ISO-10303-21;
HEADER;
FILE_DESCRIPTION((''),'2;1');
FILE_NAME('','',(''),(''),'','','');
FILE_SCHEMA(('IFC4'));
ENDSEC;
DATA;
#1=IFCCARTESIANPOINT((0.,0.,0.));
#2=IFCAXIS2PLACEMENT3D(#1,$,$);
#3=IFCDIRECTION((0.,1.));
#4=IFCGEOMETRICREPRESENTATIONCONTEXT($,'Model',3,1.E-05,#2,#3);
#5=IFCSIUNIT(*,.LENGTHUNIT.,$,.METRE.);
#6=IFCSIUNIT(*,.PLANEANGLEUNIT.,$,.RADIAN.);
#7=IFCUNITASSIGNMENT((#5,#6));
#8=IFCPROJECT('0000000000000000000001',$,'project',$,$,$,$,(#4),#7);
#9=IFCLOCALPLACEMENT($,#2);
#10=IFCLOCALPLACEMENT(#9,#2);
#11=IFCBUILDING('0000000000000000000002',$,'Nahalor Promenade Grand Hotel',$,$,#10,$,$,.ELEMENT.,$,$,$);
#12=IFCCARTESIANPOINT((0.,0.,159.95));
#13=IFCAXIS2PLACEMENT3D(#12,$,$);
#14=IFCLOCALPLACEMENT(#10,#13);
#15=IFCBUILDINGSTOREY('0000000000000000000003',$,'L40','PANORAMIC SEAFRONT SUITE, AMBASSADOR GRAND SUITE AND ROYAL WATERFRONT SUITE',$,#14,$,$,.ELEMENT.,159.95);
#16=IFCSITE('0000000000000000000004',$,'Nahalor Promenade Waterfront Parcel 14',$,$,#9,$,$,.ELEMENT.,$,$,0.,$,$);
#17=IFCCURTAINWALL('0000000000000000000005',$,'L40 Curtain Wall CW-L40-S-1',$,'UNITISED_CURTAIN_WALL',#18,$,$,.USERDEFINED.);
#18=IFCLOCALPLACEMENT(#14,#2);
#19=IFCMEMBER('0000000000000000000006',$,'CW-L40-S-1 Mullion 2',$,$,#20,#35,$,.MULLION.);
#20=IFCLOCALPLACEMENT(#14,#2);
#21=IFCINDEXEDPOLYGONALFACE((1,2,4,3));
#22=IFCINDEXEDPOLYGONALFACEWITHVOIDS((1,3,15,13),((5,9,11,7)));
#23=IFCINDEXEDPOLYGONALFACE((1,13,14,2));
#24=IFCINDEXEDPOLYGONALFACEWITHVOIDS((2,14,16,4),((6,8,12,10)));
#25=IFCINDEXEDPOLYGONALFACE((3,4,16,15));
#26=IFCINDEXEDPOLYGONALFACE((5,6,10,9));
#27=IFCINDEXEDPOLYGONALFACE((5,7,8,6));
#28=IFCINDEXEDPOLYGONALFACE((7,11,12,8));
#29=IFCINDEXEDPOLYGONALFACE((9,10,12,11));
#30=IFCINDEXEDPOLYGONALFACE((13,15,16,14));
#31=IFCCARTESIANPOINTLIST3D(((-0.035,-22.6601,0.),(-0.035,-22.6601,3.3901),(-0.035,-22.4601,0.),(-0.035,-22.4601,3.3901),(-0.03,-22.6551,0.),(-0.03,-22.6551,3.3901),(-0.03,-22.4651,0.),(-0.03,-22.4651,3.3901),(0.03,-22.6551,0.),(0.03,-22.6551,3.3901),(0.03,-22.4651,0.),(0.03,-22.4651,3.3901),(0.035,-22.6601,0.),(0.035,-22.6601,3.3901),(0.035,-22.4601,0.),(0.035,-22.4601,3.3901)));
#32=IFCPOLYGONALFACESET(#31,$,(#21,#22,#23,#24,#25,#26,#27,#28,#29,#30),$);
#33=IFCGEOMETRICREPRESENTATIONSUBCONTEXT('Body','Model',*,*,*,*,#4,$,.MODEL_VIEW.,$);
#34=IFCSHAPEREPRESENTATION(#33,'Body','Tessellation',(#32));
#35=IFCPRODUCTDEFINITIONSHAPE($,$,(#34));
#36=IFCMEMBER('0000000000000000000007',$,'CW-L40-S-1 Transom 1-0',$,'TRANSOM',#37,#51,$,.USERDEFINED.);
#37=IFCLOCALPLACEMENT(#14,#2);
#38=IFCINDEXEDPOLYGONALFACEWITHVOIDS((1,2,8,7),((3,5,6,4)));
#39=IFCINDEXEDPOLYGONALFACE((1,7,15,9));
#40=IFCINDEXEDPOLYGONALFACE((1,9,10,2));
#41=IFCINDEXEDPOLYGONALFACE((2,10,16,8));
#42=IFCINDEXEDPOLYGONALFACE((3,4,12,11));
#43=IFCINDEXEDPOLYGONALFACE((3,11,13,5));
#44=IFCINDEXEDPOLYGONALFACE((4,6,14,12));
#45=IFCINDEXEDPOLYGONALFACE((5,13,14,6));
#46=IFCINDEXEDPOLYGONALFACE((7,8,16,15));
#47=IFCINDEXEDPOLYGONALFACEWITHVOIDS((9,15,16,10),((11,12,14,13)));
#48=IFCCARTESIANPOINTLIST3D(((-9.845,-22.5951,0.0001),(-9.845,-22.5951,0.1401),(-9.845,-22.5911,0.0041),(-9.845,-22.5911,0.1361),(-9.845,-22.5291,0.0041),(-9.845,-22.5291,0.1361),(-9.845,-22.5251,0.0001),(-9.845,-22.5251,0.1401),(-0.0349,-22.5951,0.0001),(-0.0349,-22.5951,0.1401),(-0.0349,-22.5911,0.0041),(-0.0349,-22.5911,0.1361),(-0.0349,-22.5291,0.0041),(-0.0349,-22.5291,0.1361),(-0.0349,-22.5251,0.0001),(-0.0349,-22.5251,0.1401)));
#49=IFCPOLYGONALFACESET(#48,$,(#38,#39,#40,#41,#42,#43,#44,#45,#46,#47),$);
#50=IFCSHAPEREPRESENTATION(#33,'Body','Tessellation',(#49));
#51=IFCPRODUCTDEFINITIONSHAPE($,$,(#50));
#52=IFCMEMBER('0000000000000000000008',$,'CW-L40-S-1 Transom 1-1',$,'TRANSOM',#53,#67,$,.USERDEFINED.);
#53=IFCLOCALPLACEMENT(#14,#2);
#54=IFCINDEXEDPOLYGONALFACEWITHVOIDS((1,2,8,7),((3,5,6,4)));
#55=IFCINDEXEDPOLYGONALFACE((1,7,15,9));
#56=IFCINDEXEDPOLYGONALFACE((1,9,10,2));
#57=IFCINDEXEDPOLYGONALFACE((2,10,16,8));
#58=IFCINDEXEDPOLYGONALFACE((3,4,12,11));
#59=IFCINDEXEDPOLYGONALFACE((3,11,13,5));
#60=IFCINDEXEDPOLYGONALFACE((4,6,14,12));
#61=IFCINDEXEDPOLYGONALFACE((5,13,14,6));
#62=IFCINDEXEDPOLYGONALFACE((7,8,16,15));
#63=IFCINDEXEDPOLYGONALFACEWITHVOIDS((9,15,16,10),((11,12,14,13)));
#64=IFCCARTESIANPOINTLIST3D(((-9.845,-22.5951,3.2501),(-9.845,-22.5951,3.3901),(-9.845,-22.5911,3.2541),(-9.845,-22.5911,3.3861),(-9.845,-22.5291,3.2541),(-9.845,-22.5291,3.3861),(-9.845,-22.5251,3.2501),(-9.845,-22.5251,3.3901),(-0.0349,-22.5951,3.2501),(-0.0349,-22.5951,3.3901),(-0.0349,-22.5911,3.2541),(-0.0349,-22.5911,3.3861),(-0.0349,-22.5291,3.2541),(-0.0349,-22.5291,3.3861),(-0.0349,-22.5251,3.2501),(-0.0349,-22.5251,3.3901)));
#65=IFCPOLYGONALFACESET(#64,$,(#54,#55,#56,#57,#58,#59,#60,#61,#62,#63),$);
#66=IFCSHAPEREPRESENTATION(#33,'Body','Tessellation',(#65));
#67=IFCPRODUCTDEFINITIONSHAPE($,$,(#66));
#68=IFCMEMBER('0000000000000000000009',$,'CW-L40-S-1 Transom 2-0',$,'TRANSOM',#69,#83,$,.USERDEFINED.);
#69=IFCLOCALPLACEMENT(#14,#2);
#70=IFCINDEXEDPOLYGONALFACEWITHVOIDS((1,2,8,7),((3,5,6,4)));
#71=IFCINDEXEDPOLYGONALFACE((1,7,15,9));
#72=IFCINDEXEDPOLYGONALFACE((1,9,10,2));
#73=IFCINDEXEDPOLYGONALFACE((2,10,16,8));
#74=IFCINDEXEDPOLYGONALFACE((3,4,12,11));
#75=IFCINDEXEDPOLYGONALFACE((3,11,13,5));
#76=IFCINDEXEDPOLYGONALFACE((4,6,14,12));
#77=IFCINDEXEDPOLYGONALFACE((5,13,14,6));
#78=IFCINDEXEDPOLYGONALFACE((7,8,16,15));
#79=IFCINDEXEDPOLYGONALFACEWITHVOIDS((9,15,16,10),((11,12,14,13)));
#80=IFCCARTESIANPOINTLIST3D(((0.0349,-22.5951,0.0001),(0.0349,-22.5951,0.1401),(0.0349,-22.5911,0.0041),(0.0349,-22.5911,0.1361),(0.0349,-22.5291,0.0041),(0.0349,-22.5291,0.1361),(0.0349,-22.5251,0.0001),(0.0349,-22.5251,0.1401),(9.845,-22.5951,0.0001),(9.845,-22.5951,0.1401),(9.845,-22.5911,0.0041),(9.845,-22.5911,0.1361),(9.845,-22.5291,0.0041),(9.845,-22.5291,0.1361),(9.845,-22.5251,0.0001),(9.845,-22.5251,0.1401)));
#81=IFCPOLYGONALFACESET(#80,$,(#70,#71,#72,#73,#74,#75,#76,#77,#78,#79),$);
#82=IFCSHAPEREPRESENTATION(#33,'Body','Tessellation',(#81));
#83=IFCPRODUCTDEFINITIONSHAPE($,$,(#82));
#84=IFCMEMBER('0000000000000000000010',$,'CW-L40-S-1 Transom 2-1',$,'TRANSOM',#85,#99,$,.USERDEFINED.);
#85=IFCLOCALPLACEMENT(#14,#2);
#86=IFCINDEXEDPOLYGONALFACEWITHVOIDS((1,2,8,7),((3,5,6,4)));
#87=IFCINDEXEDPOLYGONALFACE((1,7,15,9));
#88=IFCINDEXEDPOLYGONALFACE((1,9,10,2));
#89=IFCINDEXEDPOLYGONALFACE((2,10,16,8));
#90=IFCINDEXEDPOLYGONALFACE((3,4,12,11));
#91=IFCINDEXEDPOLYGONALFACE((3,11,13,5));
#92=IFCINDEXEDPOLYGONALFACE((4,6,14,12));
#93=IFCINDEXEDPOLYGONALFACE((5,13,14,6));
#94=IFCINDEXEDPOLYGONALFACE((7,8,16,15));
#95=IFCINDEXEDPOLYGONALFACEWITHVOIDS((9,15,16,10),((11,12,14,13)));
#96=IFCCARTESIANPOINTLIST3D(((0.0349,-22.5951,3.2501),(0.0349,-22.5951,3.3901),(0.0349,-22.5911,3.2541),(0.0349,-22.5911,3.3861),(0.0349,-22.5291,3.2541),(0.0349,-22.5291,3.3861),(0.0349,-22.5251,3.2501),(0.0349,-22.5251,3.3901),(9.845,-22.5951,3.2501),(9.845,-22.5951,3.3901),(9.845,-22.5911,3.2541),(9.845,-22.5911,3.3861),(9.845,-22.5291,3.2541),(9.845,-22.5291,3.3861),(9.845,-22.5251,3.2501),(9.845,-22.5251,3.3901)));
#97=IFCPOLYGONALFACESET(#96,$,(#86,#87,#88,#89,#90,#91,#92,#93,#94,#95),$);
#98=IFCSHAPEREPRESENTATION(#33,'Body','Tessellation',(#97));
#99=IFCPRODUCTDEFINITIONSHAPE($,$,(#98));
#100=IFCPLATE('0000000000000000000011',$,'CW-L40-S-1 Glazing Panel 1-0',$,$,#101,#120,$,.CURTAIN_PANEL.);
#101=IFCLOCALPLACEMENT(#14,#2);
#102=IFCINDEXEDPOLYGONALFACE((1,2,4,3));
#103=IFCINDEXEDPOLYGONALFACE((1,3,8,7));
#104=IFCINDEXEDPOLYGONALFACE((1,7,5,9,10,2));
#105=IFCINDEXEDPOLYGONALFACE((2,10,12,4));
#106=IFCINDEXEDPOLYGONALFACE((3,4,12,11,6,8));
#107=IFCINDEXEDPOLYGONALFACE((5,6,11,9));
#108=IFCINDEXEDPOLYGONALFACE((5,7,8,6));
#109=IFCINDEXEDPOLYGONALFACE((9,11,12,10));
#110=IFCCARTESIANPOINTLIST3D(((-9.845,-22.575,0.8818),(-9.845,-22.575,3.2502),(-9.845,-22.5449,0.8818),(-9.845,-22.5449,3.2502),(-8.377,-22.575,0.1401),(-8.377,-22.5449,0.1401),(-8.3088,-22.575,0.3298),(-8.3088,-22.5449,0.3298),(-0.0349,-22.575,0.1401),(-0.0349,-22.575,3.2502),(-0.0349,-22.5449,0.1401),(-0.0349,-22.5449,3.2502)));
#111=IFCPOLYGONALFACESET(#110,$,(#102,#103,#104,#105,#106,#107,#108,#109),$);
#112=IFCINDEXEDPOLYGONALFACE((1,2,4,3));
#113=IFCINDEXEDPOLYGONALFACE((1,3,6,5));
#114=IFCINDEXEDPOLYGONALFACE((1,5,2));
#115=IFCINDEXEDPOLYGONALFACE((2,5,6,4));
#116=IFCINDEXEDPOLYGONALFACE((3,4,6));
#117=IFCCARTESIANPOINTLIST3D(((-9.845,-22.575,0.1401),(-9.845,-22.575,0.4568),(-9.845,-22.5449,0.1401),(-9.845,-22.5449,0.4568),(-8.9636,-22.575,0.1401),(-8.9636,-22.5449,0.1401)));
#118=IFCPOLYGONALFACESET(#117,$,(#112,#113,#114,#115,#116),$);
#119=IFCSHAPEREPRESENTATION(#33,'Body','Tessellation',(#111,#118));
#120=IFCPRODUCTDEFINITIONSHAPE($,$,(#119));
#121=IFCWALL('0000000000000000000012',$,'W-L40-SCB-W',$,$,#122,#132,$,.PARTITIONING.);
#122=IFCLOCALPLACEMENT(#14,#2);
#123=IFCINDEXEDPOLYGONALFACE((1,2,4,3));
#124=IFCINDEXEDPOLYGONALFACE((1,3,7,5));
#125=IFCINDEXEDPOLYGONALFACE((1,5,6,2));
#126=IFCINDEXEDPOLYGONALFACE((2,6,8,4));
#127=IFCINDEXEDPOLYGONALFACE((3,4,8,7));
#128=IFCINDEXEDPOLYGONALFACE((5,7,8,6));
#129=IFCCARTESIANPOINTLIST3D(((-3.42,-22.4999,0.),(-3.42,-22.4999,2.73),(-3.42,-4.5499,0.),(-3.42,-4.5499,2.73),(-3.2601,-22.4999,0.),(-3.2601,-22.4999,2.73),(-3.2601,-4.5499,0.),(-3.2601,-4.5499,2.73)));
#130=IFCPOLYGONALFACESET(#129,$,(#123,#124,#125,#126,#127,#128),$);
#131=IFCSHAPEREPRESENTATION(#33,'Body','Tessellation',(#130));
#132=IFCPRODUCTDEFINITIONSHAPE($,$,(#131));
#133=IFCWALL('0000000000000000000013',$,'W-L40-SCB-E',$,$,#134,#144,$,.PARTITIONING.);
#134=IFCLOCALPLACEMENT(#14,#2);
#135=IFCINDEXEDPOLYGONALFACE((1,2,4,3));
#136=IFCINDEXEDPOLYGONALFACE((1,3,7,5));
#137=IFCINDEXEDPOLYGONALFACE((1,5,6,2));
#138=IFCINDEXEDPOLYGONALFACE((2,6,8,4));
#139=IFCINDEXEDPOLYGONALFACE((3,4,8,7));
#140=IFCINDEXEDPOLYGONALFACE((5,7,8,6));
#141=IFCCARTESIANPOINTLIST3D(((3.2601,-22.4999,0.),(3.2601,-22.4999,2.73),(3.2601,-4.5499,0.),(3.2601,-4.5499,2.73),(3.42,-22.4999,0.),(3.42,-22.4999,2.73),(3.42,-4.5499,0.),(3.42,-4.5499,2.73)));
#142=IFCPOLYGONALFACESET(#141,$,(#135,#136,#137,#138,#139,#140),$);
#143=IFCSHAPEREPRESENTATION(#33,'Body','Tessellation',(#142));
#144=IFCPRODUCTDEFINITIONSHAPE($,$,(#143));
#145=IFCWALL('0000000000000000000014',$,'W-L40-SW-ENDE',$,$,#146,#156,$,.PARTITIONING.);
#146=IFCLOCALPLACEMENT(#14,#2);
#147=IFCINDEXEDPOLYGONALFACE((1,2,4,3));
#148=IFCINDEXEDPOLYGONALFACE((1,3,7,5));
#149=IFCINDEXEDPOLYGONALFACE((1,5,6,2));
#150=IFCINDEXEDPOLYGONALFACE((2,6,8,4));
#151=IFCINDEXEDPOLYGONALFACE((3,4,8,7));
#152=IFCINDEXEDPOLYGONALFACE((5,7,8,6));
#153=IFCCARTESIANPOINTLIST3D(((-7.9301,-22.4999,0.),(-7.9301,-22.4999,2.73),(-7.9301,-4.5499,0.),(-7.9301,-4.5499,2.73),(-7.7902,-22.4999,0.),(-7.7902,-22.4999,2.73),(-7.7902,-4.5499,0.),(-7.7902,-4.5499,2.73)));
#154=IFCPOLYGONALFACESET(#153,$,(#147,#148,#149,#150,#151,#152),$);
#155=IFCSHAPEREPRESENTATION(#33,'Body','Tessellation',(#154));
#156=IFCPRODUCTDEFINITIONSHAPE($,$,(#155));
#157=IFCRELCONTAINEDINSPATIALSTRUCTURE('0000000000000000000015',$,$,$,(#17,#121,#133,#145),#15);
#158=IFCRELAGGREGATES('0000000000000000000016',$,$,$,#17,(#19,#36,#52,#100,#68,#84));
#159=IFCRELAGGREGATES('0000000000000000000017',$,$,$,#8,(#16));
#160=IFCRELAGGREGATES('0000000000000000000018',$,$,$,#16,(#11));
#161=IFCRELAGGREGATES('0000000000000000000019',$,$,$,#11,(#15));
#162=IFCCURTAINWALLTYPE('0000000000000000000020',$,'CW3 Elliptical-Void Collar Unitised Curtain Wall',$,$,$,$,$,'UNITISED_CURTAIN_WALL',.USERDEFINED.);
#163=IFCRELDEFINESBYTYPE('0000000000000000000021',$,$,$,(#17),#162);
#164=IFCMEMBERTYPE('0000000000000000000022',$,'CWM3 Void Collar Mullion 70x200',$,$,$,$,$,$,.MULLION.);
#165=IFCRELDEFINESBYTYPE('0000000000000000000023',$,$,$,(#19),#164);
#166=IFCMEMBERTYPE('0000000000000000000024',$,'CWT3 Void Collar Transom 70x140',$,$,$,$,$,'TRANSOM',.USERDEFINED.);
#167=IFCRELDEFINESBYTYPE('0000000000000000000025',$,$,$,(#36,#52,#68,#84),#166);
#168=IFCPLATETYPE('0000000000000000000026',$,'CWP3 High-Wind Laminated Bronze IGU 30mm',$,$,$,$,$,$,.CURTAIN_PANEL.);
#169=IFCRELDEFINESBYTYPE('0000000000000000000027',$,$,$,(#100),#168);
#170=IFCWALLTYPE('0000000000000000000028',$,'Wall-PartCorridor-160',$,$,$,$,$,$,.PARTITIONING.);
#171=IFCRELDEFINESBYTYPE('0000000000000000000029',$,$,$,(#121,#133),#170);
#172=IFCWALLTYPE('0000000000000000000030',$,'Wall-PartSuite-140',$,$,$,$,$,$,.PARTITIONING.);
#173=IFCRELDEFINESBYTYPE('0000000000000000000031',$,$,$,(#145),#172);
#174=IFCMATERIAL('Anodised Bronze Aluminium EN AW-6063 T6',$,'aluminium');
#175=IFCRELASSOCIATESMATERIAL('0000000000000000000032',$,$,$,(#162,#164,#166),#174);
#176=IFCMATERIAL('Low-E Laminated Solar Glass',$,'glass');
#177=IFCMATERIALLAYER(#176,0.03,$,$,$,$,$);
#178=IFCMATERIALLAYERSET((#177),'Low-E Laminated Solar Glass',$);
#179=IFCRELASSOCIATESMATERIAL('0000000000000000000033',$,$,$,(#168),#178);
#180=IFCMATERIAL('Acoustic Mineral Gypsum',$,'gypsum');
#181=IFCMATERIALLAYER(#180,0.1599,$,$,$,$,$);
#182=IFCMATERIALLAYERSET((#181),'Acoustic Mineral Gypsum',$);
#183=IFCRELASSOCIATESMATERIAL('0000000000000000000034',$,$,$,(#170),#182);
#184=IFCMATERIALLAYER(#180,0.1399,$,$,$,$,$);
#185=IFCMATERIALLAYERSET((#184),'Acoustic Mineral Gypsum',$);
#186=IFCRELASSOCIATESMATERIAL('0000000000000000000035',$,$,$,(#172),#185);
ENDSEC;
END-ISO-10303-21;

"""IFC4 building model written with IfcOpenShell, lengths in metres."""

from ifc_helpers import new_model, si_unit, direction, frame, frame_2d, origin, origin_2d, place, context, subcontext, project, spatial, polyline, rectangle, hollow_rectangle, outline, extrude, source, transform, mapped, material, layer, layer_set, material_profile, profile_set, type_object, element, aggregate, save


model = new_model("IFC4")

# Units and contexts
model_context = context("Model", 3, precision=1e-05, world=origin(), true_north=direction((0.0, 1.0)))
body_context = subcontext(model_context, "Body", "Model", "MODEL_VIEW")
ifc_project = project(units=[si_unit("LENGTHUNIT", "METRE"), si_unit("PLANEANGLEUNIT", "RADIAN")], contexts=[model_context])

# Site, building, storey
site_placement = place(None, origin())
site = spatial("IfcSite", under=ifc_project, at=site_placement, Name="Nahalor Promenade Waterfront Parcel 14", CompositionType="ELEMENT", RefElevation=0.0)
building_placement = place(site_placement, origin())
building = spatial("IfcBuilding", under=site, at=building_placement, Name="Nahalor Promenade Grand Hotel", CompositionType="ELEMENT")
storey_placement = place(building_placement, frame((0.0, 0.0, 159.95)))
storey = spatial("IfcBuildingStorey", under=building, at=storey_placement, Name="L40", Description="PANORAMIC SEAFRONT SUITE, AMBASSADOR GRAND SUITE AND ROYAL WATERFRONT SUITE", CompositionType="ELEMENT", Elevation=159.95)

# Curtain wall, members, plate
ifc_material_1 = material(Name="Anodised Bronze Aluminium EN AW-6063 T6", Category="aluminium")
curtain_wall_type = type_object("IfcCurtainWallType", Name="CW3 Elliptical-Void Collar Unitised Curtain Wall", ElementType="UNITISED_CURTAIN_WALL", PredefinedType="USERDEFINED", material=ifc_material_1)
curtain_wall_placement = place(storey_placement, origin())
curtain_wall = element("IfcCurtainWall", 1, at=curtain_wall_placement, inside=storey, type_object=curtain_wall_type, Name="L40 Curtain Wall CW-L40-S-1", ObjectType="UNITISED_CURTAIN_WALL", PredefinedType="USERDEFINED")
ifc_material_profile_1 = material_profile(ifc_material_1, hollow_rectangle(XDim=0.07, YDim=0.2, WallThickness=0.005, at=origin_2d()), Name="CWM 70x200x5")
ifc_profile_set_1 = profile_set([ifc_material_profile_1], Name="Anodised Bronze Aluminium EN AW-6063 T6")
member_type_1 = type_object("IfcMemberType", Name="CWM3 Void Collar Mullion 70x200", PredefinedType="MULLION", material=ifc_profile_set_1)
shared_shape_1 = source(origin(), body_context, "Body", "SweptSolid", [
    extrude(hollow_rectangle(XDim=0.07, YDim=0.2, WallThickness=0.005, at=origin_2d()), origin(), (0.0, 0.0, 1.0), 3.3901),
])
member_1_placement = place(storey_placement, frame((0.0, -22.5601, 0.0), z_axis=(0.0, 0.0, 1.0), x_axis=(1.0, 0.0, 0.0)))
member_1 = element("IfcMember", 2, at=member_1_placement, type_object=member_type_1, Name="CW-L40-S-1 Mullion 2", PredefinedType="MULLION", context=body_context, shape_type="MappedRepresentation", body=[
    mapped(shared_shape_1, transform((0.0, 0.0, 0.0), scale=1.0)),
])
ifc_material_profile_2 = material_profile(ifc_material_1, hollow_rectangle(XDim=0.07, YDim=0.14, WallThickness=0.004, at=origin_2d()), Name="CWT 70x140x4")
ifc_profile_set_2 = profile_set([ifc_material_profile_2], Name="Anodised Bronze Aluminium EN AW-6063 T6")
member_type_2 = type_object("IfcMemberType", Name="CWT3 Void Collar Transom 70x140", ElementType="TRANSOM", PredefinedType="USERDEFINED", material=ifc_profile_set_2)
shared_shape_2 = source(origin(), body_context, "Body", "SweptSolid", [
    extrude(hollow_rectangle(XDim=0.07, YDim=0.14, WallThickness=0.004, at=origin_2d()), origin(), (0.0, 0.0, 1.0), 9.8101),
])
member_2_placement = place(storey_placement, frame((-9.845, -22.5601, 0.0701), z_axis=(1.0, 0.0, 0.0), x_axis=(0.0, 1.0, 0.0)))
member_2 = element("IfcMember", 3, at=member_2_placement, type_object=member_type_2, Name="CW-L40-S-1 Transom 1-0", ObjectType="TRANSOM", PredefinedType="USERDEFINED", context=body_context, shape_type="MappedRepresentation", body=[
    mapped(shared_shape_2, transform((0.0, 0.0, 0.0), scale=1.0)),
])
member_3_placement = place(storey_placement, frame((-9.845, -22.5601, 3.3201), z_axis=(1.0, 0.0, 0.0), x_axis=(0.0, 1.0, 0.0)))
member_3 = element("IfcMember", 4, at=member_3_placement, type_object=member_type_2, Name="CW-L40-S-1 Transom 1-1", ObjectType="TRANSOM", PredefinedType="USERDEFINED", context=body_context, shape_type="MappedRepresentation", body=[
    mapped(shared_shape_2, transform((0.0, 0.0, 0.0), scale=1.0)),
])
member_4_placement = place(storey_placement, frame((0.0349, -22.5601, 0.0701), z_axis=(1.0, 0.0, 0.0), x_axis=(0.0, 1.0, 0.0)))
member_4 = element("IfcMember", 5, at=member_4_placement, type_object=member_type_2, Name="CW-L40-S-1 Transom 2-0", ObjectType="TRANSOM", PredefinedType="USERDEFINED", context=body_context, shape_type="MappedRepresentation", body=[
    mapped(shared_shape_2, transform((0.0, 0.0, 0.0), scale=1.0)),
])
member_5_placement = place(storey_placement, frame((0.0349, -22.5601, 3.3201), z_axis=(1.0, 0.0, 0.0), x_axis=(0.0, 1.0, 0.0)))
member_5 = element("IfcMember", 6, at=member_5_placement, type_object=member_type_2, Name="CW-L40-S-1 Transom 2-1", ObjectType="TRANSOM", PredefinedType="USERDEFINED", context=body_context, shape_type="MappedRepresentation", body=[
    mapped(shared_shape_2, transform((0.0, 0.0, 0.0), scale=1.0)),
])
ifc_material_2 = material(Name="Low-E Laminated Solar Glass", Category="glass")
ifc_layer_1 = layer(ifc_material_2, 0.03)
ifc_layer_set_1 = layer_set([ifc_layer_1], Name="Low-E Laminated Solar Glass")
plate_type = type_object("IfcPlateType", Name="CWP3 High-Wind Laminated Bronze IGU 30mm", PredefinedType="CURTAIN_PANEL", material=ifc_layer_set_1)
plate_placement = place(storey_placement, frame((-4.9399, -22.5601, 0.1401), z_axis=(0.0, 0.0, 1.0), x_axis=(1.0, 0.0, 0.0)))
plate = element("IfcPlate", 7, at=plate_placement, type_object=plate_type, Name="CW-L40-S-1 Glazing Panel 1-0", PredefinedType="CURTAIN_PANEL", context=body_context, shape_type="SweptSolid", body=[
    extrude(outline(polyline([(4.905, 3.1101), (-4.905, 3.1101), (-4.905, 0.7417), (-3.3689, 0.1897), (-3.437, 0.0), (4.905, 0.0), (4.905, 3.1101)])), frame((0.0, 0.0151, 0.0), z_axis=(0.0, -1.0, 0.0), x_axis=(1.0, 0.0, 0.0)), (0.0, 0.0, 1.0), 0.03),
    extrude(outline(polyline([(-4.905, 0.3167), (-4.905, 0.0), (-4.0237, 0.0), (-4.905, 0.3167)])), frame((0.0, 0.0151, 0.0), z_axis=(0.0, -1.0, 0.0), x_axis=(1.0, 0.0, 0.0)), (0.0, 0.0, 1.0), 0.03),
])
aggregate(curtain_wall, [member_1, member_2, member_3, plate, member_4, member_5])

# Walls
ifc_material_3 = material(Name="Acoustic Mineral Gypsum", Category="gypsum")
ifc_layer_2 = layer(ifc_material_3, 0.1599)
ifc_layer_set_2 = layer_set([ifc_layer_2], Name="Acoustic Mineral Gypsum")
wall_type_1 = type_object("IfcWallType", Name="Wall-PartCorridor-160", PredefinedType="PARTITIONING", material=ifc_layer_set_2)
shared_shape_3 = source(origin(), body_context, "Body", "SweptSolid", [
    extrude(rectangle(XDim=17.95, YDim=0.1599, at=frame_2d((8.9751, 0.0))), origin(), (0.0, 0.0, 1.0), 2.73),
])
for number, where, z_axis, x_axis, name in (
    (8, (-3.3401, -22.5, 0.0), (0.0, 0.0, 1.0), (0.0, 1.0, 0.0), "W-L40-SCB-W"),
    (9, (3.3401, -22.5, 0.0), (0.0, 0.0, 1.0), (0.0, 1.0, 0.0), "W-L40-SCB-E"),
):
    element("IfcWall", number, at=place(storey_placement, frame(where, z_axis=z_axis, x_axis=x_axis)), inside=storey, type_object=wall_type_1, Name=name, PredefinedType="PARTITIONING", context=body_context, shape_type="MappedRepresentation", body=[
        mapped(shared_shape_3, transform((0.0, 0.0, 0.0), scale=1.0)),
    ])
ifc_layer_3 = layer(ifc_material_3, 0.1399)
ifc_layer_set_3 = layer_set([ifc_layer_3], Name="Acoustic Mineral Gypsum")
wall_type_2 = type_object("IfcWallType", Name="Wall-PartSuite-140", PredefinedType="PARTITIONING", material=ifc_layer_set_3)
shared_shape_4 = source(origin(), body_context, "Body", "SweptSolid", [
    extrude(rectangle(XDim=17.95, YDim=0.1399, at=frame_2d((8.9751, 0.0))), origin(), (0.0, 0.0, 1.0), 2.73),
])
wall_placement = place(storey_placement, frame((-7.8601, -22.5, 0.0), z_axis=(0.0, 0.0, 1.0), x_axis=(0.0, 1.0, 0.0)))
element("IfcWall", 10, at=wall_placement, inside=storey, type_object=wall_type_2, Name="W-L40-SW-ENDE", PredefinedType="PARTITIONING", context=body_context, shape_type="MappedRepresentation", body=[
    mapped(shared_shape_4, transform((0.0, 0.0, 0.0), scale=1.0)),
])

save(model, "model.ifc")
